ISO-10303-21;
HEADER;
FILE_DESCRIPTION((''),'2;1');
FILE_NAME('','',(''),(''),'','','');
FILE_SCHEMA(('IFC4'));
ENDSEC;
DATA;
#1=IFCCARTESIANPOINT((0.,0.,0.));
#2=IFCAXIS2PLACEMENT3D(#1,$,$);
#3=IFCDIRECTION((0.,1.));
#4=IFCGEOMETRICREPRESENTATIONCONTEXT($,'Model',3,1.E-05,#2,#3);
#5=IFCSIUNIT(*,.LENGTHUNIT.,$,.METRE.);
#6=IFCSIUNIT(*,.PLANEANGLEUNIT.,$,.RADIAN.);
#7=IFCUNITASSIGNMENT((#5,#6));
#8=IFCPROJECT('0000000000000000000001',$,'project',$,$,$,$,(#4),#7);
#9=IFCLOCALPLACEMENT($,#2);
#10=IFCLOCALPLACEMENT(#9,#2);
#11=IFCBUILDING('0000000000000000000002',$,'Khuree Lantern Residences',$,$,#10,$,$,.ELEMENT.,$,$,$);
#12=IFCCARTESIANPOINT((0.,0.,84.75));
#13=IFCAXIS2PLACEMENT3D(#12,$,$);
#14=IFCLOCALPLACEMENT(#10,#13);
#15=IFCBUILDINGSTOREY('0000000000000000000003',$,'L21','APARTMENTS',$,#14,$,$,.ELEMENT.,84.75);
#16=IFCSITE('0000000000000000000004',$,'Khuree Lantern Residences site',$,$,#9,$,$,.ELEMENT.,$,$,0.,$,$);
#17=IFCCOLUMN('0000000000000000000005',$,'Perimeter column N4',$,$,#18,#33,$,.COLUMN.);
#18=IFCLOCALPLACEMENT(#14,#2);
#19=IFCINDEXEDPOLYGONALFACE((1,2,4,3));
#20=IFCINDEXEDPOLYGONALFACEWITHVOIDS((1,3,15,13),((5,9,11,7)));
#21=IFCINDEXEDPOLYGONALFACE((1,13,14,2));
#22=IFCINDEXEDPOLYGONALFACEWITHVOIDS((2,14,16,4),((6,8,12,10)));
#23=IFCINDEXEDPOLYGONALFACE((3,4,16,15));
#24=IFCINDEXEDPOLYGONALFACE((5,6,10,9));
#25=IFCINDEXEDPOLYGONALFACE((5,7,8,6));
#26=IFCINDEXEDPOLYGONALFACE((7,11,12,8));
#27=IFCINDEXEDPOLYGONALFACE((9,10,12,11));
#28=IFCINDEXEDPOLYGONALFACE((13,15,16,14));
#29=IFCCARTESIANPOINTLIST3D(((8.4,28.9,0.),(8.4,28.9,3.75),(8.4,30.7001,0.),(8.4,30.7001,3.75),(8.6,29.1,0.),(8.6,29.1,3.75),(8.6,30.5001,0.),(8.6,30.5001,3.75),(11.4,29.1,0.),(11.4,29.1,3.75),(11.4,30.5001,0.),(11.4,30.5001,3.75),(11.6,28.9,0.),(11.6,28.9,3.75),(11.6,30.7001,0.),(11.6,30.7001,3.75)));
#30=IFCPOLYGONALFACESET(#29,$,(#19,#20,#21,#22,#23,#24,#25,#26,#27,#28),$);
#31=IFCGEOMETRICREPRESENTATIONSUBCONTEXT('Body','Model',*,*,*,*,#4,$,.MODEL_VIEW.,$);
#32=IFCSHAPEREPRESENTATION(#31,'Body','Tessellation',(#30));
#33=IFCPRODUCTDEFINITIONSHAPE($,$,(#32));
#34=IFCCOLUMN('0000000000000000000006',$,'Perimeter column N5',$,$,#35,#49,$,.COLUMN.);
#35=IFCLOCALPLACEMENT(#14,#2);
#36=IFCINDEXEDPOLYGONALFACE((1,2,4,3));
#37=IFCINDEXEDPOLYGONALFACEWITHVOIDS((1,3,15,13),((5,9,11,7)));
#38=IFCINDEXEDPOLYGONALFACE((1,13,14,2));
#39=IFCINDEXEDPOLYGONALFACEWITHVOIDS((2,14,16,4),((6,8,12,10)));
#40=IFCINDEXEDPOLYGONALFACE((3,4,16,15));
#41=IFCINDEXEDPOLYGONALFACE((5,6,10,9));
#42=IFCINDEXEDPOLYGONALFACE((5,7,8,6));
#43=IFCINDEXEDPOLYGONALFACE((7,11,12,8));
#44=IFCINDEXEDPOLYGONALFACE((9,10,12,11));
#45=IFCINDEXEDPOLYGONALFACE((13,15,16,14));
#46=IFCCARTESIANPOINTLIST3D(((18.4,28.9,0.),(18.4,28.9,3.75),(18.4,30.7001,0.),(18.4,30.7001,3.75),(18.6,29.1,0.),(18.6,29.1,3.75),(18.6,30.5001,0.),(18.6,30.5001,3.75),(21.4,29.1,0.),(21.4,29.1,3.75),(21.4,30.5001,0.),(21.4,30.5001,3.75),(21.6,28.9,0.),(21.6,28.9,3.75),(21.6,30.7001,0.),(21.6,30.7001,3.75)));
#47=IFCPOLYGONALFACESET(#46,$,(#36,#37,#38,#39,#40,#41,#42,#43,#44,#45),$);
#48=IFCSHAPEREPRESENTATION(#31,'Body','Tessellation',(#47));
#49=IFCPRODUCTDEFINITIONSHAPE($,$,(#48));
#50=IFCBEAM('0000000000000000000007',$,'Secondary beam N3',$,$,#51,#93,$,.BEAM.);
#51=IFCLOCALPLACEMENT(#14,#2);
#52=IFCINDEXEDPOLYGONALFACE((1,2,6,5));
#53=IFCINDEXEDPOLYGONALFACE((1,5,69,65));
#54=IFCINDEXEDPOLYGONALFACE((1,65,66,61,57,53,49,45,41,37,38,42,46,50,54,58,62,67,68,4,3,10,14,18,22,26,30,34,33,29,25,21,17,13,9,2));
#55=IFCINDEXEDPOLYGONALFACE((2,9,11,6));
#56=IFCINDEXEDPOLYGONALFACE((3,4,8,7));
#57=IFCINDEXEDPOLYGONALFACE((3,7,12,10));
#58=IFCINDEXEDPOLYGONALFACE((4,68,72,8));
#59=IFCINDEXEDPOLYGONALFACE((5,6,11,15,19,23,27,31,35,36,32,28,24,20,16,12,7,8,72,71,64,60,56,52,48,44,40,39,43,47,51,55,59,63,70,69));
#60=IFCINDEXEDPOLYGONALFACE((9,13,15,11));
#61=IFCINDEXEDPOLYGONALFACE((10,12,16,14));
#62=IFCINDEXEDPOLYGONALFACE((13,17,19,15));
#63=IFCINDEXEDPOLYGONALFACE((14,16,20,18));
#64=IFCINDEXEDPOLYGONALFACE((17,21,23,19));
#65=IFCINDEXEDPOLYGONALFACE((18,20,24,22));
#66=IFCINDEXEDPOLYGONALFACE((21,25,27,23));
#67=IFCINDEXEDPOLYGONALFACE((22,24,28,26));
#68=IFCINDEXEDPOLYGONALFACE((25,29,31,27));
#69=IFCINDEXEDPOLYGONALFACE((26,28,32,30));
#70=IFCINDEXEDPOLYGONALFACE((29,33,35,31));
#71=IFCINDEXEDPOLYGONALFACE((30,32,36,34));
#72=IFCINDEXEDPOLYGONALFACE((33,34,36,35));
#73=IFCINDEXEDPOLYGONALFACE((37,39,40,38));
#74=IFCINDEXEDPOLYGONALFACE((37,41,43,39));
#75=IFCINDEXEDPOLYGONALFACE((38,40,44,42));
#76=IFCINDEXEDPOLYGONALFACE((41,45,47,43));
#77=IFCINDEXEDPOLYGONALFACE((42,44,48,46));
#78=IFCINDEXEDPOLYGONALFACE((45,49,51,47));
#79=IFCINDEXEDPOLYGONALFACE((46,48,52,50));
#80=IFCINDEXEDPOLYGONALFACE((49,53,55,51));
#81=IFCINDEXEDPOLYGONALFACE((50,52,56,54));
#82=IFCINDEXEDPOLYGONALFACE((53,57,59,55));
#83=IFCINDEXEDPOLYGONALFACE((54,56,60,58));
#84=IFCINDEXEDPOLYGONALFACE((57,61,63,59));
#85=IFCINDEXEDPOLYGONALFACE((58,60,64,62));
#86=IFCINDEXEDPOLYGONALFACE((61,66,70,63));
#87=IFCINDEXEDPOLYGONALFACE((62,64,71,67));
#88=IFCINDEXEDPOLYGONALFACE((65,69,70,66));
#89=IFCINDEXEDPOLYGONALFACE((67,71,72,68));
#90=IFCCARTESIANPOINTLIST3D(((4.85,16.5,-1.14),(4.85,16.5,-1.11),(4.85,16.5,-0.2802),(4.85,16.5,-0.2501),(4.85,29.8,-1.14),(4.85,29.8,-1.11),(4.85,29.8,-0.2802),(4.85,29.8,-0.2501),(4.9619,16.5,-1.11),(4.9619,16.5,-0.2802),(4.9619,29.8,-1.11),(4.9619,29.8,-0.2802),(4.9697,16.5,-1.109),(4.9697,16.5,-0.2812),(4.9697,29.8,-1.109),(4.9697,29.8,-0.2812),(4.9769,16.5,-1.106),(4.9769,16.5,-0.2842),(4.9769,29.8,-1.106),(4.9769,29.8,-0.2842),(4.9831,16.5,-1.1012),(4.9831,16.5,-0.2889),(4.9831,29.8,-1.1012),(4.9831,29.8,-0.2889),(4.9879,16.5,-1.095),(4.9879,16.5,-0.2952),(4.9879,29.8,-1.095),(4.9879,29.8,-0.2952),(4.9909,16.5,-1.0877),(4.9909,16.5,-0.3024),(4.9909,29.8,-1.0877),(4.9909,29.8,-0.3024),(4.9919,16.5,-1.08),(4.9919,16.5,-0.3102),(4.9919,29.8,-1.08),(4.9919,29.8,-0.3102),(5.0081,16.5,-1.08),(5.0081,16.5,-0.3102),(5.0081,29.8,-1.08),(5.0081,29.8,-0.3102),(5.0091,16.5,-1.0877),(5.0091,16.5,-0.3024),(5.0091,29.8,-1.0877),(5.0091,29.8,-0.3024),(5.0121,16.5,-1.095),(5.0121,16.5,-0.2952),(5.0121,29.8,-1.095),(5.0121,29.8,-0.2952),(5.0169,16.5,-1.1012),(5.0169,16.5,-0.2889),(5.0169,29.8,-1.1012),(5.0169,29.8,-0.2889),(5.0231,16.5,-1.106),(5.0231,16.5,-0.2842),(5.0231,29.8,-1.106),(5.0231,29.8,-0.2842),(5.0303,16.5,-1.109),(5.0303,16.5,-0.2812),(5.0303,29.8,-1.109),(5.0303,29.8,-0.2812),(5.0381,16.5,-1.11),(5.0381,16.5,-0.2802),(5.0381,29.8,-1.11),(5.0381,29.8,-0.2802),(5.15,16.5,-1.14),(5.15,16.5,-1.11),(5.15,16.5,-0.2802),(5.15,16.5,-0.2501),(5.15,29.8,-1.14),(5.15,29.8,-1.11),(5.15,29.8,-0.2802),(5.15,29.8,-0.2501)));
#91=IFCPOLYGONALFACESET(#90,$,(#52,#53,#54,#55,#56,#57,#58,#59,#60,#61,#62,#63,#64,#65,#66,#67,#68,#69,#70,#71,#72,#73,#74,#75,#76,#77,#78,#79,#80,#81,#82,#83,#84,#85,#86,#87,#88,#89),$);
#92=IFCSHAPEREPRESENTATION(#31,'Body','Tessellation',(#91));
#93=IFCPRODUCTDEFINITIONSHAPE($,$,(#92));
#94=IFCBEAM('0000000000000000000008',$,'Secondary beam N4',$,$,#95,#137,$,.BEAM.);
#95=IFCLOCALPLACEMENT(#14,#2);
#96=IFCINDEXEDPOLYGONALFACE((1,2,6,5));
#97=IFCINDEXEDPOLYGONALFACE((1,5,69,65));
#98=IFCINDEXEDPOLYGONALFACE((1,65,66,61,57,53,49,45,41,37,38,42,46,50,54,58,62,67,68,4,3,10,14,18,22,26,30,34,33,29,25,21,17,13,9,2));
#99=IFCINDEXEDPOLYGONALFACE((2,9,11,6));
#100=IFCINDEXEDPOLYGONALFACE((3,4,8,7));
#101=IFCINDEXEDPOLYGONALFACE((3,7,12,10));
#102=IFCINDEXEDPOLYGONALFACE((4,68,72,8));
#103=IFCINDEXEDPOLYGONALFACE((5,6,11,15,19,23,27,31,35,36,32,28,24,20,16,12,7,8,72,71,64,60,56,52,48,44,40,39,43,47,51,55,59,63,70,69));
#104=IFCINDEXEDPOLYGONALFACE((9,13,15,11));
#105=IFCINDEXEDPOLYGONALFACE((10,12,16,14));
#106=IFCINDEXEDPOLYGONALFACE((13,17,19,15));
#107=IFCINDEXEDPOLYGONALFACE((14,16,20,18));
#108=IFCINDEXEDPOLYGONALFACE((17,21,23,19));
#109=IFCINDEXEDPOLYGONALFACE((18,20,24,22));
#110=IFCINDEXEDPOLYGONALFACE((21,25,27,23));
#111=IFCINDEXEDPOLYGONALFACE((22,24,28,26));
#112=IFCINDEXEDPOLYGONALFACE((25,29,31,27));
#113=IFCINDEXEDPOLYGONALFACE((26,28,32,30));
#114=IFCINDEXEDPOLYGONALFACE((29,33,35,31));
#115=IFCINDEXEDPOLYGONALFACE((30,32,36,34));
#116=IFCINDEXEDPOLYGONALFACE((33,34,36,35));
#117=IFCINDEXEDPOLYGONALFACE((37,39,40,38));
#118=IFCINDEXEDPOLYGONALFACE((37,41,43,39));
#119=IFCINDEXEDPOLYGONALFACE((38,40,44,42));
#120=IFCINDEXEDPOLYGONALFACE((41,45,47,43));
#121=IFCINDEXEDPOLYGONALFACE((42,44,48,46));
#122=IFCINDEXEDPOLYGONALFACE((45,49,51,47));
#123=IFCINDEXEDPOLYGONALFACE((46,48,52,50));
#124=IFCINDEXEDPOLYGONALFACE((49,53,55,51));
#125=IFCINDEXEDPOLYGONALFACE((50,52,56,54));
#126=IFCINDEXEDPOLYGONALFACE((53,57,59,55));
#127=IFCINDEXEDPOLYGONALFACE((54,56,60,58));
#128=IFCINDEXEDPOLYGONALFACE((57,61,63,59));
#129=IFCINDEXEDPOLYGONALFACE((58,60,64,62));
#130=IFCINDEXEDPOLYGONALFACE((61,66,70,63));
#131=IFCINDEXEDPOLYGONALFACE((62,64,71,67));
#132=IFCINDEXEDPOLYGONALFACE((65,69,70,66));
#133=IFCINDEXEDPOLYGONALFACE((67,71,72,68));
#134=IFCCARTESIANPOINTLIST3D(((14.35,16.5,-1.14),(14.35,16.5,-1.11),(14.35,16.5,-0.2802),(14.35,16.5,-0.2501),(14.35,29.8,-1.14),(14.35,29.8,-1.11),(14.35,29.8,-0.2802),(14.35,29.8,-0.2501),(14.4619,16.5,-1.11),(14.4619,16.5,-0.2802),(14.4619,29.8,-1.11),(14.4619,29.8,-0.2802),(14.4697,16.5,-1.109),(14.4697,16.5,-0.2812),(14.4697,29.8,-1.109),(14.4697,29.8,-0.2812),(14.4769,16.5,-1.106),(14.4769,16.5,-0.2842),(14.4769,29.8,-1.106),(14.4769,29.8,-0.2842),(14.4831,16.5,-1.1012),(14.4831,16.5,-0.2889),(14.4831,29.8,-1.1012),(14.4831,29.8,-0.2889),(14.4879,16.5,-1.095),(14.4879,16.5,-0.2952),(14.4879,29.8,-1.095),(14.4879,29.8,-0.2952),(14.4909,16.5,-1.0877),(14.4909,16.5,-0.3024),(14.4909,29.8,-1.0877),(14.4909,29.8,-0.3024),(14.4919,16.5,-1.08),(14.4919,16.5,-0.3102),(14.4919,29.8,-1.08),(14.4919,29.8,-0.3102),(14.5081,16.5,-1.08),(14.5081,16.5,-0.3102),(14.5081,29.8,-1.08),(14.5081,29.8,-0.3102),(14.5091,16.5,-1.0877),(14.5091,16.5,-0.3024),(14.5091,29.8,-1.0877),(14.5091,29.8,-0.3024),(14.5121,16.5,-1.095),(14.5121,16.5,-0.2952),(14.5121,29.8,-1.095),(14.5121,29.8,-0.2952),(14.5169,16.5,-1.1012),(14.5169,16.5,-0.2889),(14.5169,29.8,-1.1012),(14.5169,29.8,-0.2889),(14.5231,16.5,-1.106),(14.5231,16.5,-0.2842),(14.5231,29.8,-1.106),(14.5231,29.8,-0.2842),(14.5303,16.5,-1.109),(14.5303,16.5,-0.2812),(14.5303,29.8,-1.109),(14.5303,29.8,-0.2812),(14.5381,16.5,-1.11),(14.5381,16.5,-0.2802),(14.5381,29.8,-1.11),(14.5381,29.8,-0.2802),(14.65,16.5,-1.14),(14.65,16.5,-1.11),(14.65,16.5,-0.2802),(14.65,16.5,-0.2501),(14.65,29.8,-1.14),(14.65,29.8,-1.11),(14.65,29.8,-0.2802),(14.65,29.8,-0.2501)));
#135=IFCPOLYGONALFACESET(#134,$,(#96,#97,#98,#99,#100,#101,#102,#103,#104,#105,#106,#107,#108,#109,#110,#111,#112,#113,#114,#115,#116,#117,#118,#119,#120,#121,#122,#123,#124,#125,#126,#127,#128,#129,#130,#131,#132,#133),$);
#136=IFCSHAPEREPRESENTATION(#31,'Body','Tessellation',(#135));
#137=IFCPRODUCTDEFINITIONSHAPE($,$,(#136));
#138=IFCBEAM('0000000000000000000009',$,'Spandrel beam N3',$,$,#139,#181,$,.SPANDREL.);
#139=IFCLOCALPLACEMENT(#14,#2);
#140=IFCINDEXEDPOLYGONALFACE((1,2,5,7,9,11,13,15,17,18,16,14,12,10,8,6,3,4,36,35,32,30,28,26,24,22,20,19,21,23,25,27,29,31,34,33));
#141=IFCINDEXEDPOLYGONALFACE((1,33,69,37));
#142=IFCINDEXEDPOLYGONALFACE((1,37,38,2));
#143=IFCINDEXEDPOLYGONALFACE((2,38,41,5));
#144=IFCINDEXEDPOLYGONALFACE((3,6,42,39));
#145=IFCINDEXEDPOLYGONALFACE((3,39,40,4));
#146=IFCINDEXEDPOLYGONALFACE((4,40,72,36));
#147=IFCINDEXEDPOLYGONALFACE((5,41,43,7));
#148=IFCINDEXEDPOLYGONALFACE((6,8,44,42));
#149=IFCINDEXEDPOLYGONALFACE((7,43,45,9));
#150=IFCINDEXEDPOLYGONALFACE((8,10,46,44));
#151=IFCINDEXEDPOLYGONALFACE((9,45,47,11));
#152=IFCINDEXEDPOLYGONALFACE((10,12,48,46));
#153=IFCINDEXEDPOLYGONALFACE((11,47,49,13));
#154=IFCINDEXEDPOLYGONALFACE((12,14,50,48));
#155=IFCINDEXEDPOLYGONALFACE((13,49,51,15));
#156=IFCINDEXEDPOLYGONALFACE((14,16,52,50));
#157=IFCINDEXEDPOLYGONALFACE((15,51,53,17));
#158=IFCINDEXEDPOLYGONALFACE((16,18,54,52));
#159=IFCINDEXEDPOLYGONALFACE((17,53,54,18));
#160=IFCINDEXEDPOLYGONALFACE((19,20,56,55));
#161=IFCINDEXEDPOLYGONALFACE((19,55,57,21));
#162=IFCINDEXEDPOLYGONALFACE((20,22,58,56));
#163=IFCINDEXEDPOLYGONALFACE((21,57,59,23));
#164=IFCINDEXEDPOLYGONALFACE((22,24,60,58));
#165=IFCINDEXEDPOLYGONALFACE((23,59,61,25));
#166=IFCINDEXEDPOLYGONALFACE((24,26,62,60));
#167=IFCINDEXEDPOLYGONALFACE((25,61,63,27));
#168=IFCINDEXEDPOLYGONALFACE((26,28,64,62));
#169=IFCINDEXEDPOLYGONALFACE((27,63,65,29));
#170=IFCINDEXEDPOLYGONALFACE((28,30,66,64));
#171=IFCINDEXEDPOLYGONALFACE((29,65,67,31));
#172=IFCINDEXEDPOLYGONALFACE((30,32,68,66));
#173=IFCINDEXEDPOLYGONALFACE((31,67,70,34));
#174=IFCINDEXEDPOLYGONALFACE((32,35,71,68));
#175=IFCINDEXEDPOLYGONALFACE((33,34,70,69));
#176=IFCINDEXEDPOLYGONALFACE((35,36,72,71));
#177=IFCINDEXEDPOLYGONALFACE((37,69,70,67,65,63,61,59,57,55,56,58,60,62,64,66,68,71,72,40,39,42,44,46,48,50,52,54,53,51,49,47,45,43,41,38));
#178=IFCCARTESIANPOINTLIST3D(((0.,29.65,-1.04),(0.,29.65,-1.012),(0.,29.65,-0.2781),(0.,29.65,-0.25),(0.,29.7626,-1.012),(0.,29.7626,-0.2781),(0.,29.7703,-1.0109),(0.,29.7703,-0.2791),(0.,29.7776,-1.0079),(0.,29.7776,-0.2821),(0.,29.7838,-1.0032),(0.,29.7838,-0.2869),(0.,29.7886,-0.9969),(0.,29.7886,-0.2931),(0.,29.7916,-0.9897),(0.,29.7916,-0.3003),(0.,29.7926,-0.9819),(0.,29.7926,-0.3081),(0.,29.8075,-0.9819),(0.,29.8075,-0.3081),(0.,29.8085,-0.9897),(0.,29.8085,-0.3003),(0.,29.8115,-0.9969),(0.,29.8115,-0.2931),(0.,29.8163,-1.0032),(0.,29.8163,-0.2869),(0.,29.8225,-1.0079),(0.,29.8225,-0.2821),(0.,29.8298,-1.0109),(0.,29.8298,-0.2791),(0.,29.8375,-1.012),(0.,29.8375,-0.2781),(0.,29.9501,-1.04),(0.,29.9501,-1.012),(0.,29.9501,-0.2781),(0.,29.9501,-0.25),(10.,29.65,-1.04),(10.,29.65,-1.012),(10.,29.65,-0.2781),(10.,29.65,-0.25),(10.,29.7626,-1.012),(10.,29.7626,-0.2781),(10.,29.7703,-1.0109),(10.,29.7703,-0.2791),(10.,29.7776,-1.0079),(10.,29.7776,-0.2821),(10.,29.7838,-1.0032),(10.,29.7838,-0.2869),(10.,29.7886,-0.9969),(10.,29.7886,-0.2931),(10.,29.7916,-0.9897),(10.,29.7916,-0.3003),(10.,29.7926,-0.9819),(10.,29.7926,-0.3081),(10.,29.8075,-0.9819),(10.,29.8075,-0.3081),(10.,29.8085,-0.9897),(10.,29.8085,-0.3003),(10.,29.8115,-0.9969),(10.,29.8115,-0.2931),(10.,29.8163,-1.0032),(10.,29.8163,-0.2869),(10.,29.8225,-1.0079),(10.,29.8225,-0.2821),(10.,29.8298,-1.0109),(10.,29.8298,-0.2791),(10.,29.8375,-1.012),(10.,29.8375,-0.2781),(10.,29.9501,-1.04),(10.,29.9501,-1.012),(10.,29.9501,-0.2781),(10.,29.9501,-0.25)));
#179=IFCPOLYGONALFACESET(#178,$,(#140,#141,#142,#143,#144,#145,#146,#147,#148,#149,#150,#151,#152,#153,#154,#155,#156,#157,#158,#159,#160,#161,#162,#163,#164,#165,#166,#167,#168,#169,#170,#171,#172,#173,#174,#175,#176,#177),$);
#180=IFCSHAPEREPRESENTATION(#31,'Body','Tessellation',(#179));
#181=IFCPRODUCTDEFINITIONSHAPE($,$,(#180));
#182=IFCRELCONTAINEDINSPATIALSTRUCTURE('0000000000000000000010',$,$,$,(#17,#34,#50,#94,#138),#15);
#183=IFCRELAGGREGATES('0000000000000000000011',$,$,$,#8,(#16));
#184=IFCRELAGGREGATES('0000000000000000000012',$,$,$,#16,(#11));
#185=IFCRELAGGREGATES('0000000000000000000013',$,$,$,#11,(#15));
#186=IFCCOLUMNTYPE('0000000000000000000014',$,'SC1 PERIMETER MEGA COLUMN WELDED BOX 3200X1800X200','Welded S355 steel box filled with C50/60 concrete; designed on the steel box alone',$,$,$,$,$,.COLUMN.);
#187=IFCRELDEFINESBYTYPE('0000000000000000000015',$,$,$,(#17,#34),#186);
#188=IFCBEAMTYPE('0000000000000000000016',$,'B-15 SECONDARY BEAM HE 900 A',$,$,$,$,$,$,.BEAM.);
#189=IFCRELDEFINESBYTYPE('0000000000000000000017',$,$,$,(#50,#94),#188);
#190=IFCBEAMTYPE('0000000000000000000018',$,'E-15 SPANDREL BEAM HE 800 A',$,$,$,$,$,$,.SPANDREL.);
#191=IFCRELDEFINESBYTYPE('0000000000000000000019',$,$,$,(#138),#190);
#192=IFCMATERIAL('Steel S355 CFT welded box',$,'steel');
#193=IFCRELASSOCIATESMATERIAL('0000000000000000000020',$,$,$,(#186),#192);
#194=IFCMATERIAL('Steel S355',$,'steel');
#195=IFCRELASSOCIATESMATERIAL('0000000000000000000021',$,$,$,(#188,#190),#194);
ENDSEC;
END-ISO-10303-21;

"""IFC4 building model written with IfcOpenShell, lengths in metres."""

from ifc_helpers import new_model, si_unit, direction, frame, origin, origin_2d, place, context, subcontext, project, spatial, hollow_rectangle, i_section, extrude, material, material_profile, profile_set, type_object, element, save


model = new_model("IFC4")

# Units and contexts
model_context = context("Model", 3, precision=1e-05, world=origin(), true_north=direction((0.0, 1.0)))
body_context = subcontext(model_context, "Body", "Model", "MODEL_VIEW")
ifc_project = project(units=[si_unit("LENGTHUNIT", "METRE"), si_unit("PLANEANGLEUNIT", "RADIAN")], contexts=[model_context])

# Site, building, storey
site_placement = place(None, origin())
site = spatial("IfcSite", under=ifc_project, at=site_placement, Name="Khuree Lantern Residences site", CompositionType="ELEMENT", RefElevation=0.0)
building_placement = place(site_placement, origin())
building = spatial("IfcBuilding", under=site, at=building_placement, Name="Khuree Lantern Residences", CompositionType="ELEMENT")
storey_placement = place(building_placement, frame((0.0, 0.0, 84.75)))
storey = spatial("IfcBuildingStorey", under=building, at=storey_placement, Name="L21", Description="APARTMENTS", CompositionType="ELEMENT", Elevation=84.75)

# Columns
ifc_material_1 = material(Name="Steel S355 CFT welded box", Category="steel")
ifc_material_profile_1 = material_profile(ifc_material_1, hollow_rectangle(XDim=3.2, YDim=1.8, WallThickness=0.2, at=origin_2d()), Name="WELDED BOX 3200X1800X200")
ifc_profile_set_1 = profile_set([ifc_material_profile_1], Name="Steel S355 CFT welded box")
column_type = type_object("IfcColumnType", Name="SC1 PERIMETER MEGA COLUMN WELDED BOX 3200X1800X200", Description="Welded S355 steel box filled with C50/60 concrete; designed on the steel box alone", PredefinedType="COLUMN", material=ifc_profile_set_1)
for number, where, z_axis, x_axis, name in (
    (1, (10.0, 29.8, 0.0), (0.0, 0.0, 1.0), (1.0, 0.0, 0.0), "Perimeter column N4"),
    (2, (20.0, 29.8, 0.0), (0.0, 0.0, 1.0), (1.0, 0.0, 0.0), "Perimeter column N5"),
):
    element("IfcColumn", number, at=place(storey_placement, frame(where, z_axis=z_axis, x_axis=x_axis)), inside=storey, type_object=column_type, Name=name, PredefinedType="COLUMN", context=body_context, shape_type="SweptSolid", body=[
        extrude(hollow_rectangle(XDim=3.2, YDim=1.8, WallThickness=0.2, at=origin_2d()), origin(), (0.0, 0.0, 1.0), 3.75),
    ])

# Beams
ifc_material_2 = material(Name="Steel S355", Category="steel")
ifc_material_profile_2 = material_profile(ifc_material_2, i_section(OverallWidth=0.3, OverallDepth=0.8899, WebThickness=0.0161, FlangeThickness=0.03, FilletRadius=0.03, at=origin_2d()), Name="HE 900 A")
ifc_profile_set_2 = profile_set([ifc_material_profile_2], Name="Steel S355")
beam_type_1 = type_object("IfcBeamType", Name="B-15 SECONDARY BEAM HE 900 A", PredefinedType="BEAM", material=ifc_profile_set_2)
for number, where, z_axis, x_axis, name in (
    (3, (5.0, 29.8, -0.6951), (0.0, -1.0, 0.0), (1.0, 0.0, 0.0), "Secondary beam N3"),
    (4, (14.5, 29.8, -0.6951), (0.0, -1.0, 0.0), (1.0, 0.0, 0.0), "Secondary beam N4"),
):
    element("IfcBeam", number, at=place(storey_placement, frame(where, z_axis=z_axis, x_axis=x_axis)), inside=storey, type_object=beam_type_1, Name=name, PredefinedType="BEAM", context=body_context, shape_type="SweptSolid", body=[
        extrude(i_section(OverallWidth=0.3, OverallDepth=0.8899, WebThickness=0.0161, FlangeThickness=0.03, FilletRadius=0.03, at=origin_2d()), origin(), (0.0, 0.0, 1.0), 13.3),
    ])
ifc_material_profile_3 = material_profile(ifc_material_2, i_section(OverallWidth=0.3, OverallDepth=0.79, WebThickness=0.0149, FlangeThickness=0.0281, FilletRadius=0.03, at=origin_2d()), Name="HE 800 A")
ifc_profile_set_3 = profile_set([ifc_material_profile_3], Name="Steel S355")
beam_type_2 = type_object("IfcBeamType", Name="E-15 SPANDREL BEAM HE 800 A", PredefinedType="SPANDREL", material=ifc_profile_set_3)
for number, where, z_axis, x_axis, name in (
    (5, (0.0, 29.8, -0.645), (1.0, 0.0, 0.0), (0.0, 1.0, 0.0), "Spandrel beam N3"),
):
    element("IfcBeam", number, at=place(storey_placement, frame(where, z_axis=z_axis, x_axis=x_axis)), inside=storey, type_object=beam_type_2, Name=name, PredefinedType="SPANDREL", context=body_context, shape_type="SweptSolid", body=[
        extrude(i_section(OverallWidth=0.3, OverallDepth=0.79, WebThickness=0.0149, FlangeThickness=0.0281, FilletRadius=0.03, at=origin_2d()), origin(), (0.0, 0.0, 1.0), 10.0),
    ])

save(model, "model.ifc")
